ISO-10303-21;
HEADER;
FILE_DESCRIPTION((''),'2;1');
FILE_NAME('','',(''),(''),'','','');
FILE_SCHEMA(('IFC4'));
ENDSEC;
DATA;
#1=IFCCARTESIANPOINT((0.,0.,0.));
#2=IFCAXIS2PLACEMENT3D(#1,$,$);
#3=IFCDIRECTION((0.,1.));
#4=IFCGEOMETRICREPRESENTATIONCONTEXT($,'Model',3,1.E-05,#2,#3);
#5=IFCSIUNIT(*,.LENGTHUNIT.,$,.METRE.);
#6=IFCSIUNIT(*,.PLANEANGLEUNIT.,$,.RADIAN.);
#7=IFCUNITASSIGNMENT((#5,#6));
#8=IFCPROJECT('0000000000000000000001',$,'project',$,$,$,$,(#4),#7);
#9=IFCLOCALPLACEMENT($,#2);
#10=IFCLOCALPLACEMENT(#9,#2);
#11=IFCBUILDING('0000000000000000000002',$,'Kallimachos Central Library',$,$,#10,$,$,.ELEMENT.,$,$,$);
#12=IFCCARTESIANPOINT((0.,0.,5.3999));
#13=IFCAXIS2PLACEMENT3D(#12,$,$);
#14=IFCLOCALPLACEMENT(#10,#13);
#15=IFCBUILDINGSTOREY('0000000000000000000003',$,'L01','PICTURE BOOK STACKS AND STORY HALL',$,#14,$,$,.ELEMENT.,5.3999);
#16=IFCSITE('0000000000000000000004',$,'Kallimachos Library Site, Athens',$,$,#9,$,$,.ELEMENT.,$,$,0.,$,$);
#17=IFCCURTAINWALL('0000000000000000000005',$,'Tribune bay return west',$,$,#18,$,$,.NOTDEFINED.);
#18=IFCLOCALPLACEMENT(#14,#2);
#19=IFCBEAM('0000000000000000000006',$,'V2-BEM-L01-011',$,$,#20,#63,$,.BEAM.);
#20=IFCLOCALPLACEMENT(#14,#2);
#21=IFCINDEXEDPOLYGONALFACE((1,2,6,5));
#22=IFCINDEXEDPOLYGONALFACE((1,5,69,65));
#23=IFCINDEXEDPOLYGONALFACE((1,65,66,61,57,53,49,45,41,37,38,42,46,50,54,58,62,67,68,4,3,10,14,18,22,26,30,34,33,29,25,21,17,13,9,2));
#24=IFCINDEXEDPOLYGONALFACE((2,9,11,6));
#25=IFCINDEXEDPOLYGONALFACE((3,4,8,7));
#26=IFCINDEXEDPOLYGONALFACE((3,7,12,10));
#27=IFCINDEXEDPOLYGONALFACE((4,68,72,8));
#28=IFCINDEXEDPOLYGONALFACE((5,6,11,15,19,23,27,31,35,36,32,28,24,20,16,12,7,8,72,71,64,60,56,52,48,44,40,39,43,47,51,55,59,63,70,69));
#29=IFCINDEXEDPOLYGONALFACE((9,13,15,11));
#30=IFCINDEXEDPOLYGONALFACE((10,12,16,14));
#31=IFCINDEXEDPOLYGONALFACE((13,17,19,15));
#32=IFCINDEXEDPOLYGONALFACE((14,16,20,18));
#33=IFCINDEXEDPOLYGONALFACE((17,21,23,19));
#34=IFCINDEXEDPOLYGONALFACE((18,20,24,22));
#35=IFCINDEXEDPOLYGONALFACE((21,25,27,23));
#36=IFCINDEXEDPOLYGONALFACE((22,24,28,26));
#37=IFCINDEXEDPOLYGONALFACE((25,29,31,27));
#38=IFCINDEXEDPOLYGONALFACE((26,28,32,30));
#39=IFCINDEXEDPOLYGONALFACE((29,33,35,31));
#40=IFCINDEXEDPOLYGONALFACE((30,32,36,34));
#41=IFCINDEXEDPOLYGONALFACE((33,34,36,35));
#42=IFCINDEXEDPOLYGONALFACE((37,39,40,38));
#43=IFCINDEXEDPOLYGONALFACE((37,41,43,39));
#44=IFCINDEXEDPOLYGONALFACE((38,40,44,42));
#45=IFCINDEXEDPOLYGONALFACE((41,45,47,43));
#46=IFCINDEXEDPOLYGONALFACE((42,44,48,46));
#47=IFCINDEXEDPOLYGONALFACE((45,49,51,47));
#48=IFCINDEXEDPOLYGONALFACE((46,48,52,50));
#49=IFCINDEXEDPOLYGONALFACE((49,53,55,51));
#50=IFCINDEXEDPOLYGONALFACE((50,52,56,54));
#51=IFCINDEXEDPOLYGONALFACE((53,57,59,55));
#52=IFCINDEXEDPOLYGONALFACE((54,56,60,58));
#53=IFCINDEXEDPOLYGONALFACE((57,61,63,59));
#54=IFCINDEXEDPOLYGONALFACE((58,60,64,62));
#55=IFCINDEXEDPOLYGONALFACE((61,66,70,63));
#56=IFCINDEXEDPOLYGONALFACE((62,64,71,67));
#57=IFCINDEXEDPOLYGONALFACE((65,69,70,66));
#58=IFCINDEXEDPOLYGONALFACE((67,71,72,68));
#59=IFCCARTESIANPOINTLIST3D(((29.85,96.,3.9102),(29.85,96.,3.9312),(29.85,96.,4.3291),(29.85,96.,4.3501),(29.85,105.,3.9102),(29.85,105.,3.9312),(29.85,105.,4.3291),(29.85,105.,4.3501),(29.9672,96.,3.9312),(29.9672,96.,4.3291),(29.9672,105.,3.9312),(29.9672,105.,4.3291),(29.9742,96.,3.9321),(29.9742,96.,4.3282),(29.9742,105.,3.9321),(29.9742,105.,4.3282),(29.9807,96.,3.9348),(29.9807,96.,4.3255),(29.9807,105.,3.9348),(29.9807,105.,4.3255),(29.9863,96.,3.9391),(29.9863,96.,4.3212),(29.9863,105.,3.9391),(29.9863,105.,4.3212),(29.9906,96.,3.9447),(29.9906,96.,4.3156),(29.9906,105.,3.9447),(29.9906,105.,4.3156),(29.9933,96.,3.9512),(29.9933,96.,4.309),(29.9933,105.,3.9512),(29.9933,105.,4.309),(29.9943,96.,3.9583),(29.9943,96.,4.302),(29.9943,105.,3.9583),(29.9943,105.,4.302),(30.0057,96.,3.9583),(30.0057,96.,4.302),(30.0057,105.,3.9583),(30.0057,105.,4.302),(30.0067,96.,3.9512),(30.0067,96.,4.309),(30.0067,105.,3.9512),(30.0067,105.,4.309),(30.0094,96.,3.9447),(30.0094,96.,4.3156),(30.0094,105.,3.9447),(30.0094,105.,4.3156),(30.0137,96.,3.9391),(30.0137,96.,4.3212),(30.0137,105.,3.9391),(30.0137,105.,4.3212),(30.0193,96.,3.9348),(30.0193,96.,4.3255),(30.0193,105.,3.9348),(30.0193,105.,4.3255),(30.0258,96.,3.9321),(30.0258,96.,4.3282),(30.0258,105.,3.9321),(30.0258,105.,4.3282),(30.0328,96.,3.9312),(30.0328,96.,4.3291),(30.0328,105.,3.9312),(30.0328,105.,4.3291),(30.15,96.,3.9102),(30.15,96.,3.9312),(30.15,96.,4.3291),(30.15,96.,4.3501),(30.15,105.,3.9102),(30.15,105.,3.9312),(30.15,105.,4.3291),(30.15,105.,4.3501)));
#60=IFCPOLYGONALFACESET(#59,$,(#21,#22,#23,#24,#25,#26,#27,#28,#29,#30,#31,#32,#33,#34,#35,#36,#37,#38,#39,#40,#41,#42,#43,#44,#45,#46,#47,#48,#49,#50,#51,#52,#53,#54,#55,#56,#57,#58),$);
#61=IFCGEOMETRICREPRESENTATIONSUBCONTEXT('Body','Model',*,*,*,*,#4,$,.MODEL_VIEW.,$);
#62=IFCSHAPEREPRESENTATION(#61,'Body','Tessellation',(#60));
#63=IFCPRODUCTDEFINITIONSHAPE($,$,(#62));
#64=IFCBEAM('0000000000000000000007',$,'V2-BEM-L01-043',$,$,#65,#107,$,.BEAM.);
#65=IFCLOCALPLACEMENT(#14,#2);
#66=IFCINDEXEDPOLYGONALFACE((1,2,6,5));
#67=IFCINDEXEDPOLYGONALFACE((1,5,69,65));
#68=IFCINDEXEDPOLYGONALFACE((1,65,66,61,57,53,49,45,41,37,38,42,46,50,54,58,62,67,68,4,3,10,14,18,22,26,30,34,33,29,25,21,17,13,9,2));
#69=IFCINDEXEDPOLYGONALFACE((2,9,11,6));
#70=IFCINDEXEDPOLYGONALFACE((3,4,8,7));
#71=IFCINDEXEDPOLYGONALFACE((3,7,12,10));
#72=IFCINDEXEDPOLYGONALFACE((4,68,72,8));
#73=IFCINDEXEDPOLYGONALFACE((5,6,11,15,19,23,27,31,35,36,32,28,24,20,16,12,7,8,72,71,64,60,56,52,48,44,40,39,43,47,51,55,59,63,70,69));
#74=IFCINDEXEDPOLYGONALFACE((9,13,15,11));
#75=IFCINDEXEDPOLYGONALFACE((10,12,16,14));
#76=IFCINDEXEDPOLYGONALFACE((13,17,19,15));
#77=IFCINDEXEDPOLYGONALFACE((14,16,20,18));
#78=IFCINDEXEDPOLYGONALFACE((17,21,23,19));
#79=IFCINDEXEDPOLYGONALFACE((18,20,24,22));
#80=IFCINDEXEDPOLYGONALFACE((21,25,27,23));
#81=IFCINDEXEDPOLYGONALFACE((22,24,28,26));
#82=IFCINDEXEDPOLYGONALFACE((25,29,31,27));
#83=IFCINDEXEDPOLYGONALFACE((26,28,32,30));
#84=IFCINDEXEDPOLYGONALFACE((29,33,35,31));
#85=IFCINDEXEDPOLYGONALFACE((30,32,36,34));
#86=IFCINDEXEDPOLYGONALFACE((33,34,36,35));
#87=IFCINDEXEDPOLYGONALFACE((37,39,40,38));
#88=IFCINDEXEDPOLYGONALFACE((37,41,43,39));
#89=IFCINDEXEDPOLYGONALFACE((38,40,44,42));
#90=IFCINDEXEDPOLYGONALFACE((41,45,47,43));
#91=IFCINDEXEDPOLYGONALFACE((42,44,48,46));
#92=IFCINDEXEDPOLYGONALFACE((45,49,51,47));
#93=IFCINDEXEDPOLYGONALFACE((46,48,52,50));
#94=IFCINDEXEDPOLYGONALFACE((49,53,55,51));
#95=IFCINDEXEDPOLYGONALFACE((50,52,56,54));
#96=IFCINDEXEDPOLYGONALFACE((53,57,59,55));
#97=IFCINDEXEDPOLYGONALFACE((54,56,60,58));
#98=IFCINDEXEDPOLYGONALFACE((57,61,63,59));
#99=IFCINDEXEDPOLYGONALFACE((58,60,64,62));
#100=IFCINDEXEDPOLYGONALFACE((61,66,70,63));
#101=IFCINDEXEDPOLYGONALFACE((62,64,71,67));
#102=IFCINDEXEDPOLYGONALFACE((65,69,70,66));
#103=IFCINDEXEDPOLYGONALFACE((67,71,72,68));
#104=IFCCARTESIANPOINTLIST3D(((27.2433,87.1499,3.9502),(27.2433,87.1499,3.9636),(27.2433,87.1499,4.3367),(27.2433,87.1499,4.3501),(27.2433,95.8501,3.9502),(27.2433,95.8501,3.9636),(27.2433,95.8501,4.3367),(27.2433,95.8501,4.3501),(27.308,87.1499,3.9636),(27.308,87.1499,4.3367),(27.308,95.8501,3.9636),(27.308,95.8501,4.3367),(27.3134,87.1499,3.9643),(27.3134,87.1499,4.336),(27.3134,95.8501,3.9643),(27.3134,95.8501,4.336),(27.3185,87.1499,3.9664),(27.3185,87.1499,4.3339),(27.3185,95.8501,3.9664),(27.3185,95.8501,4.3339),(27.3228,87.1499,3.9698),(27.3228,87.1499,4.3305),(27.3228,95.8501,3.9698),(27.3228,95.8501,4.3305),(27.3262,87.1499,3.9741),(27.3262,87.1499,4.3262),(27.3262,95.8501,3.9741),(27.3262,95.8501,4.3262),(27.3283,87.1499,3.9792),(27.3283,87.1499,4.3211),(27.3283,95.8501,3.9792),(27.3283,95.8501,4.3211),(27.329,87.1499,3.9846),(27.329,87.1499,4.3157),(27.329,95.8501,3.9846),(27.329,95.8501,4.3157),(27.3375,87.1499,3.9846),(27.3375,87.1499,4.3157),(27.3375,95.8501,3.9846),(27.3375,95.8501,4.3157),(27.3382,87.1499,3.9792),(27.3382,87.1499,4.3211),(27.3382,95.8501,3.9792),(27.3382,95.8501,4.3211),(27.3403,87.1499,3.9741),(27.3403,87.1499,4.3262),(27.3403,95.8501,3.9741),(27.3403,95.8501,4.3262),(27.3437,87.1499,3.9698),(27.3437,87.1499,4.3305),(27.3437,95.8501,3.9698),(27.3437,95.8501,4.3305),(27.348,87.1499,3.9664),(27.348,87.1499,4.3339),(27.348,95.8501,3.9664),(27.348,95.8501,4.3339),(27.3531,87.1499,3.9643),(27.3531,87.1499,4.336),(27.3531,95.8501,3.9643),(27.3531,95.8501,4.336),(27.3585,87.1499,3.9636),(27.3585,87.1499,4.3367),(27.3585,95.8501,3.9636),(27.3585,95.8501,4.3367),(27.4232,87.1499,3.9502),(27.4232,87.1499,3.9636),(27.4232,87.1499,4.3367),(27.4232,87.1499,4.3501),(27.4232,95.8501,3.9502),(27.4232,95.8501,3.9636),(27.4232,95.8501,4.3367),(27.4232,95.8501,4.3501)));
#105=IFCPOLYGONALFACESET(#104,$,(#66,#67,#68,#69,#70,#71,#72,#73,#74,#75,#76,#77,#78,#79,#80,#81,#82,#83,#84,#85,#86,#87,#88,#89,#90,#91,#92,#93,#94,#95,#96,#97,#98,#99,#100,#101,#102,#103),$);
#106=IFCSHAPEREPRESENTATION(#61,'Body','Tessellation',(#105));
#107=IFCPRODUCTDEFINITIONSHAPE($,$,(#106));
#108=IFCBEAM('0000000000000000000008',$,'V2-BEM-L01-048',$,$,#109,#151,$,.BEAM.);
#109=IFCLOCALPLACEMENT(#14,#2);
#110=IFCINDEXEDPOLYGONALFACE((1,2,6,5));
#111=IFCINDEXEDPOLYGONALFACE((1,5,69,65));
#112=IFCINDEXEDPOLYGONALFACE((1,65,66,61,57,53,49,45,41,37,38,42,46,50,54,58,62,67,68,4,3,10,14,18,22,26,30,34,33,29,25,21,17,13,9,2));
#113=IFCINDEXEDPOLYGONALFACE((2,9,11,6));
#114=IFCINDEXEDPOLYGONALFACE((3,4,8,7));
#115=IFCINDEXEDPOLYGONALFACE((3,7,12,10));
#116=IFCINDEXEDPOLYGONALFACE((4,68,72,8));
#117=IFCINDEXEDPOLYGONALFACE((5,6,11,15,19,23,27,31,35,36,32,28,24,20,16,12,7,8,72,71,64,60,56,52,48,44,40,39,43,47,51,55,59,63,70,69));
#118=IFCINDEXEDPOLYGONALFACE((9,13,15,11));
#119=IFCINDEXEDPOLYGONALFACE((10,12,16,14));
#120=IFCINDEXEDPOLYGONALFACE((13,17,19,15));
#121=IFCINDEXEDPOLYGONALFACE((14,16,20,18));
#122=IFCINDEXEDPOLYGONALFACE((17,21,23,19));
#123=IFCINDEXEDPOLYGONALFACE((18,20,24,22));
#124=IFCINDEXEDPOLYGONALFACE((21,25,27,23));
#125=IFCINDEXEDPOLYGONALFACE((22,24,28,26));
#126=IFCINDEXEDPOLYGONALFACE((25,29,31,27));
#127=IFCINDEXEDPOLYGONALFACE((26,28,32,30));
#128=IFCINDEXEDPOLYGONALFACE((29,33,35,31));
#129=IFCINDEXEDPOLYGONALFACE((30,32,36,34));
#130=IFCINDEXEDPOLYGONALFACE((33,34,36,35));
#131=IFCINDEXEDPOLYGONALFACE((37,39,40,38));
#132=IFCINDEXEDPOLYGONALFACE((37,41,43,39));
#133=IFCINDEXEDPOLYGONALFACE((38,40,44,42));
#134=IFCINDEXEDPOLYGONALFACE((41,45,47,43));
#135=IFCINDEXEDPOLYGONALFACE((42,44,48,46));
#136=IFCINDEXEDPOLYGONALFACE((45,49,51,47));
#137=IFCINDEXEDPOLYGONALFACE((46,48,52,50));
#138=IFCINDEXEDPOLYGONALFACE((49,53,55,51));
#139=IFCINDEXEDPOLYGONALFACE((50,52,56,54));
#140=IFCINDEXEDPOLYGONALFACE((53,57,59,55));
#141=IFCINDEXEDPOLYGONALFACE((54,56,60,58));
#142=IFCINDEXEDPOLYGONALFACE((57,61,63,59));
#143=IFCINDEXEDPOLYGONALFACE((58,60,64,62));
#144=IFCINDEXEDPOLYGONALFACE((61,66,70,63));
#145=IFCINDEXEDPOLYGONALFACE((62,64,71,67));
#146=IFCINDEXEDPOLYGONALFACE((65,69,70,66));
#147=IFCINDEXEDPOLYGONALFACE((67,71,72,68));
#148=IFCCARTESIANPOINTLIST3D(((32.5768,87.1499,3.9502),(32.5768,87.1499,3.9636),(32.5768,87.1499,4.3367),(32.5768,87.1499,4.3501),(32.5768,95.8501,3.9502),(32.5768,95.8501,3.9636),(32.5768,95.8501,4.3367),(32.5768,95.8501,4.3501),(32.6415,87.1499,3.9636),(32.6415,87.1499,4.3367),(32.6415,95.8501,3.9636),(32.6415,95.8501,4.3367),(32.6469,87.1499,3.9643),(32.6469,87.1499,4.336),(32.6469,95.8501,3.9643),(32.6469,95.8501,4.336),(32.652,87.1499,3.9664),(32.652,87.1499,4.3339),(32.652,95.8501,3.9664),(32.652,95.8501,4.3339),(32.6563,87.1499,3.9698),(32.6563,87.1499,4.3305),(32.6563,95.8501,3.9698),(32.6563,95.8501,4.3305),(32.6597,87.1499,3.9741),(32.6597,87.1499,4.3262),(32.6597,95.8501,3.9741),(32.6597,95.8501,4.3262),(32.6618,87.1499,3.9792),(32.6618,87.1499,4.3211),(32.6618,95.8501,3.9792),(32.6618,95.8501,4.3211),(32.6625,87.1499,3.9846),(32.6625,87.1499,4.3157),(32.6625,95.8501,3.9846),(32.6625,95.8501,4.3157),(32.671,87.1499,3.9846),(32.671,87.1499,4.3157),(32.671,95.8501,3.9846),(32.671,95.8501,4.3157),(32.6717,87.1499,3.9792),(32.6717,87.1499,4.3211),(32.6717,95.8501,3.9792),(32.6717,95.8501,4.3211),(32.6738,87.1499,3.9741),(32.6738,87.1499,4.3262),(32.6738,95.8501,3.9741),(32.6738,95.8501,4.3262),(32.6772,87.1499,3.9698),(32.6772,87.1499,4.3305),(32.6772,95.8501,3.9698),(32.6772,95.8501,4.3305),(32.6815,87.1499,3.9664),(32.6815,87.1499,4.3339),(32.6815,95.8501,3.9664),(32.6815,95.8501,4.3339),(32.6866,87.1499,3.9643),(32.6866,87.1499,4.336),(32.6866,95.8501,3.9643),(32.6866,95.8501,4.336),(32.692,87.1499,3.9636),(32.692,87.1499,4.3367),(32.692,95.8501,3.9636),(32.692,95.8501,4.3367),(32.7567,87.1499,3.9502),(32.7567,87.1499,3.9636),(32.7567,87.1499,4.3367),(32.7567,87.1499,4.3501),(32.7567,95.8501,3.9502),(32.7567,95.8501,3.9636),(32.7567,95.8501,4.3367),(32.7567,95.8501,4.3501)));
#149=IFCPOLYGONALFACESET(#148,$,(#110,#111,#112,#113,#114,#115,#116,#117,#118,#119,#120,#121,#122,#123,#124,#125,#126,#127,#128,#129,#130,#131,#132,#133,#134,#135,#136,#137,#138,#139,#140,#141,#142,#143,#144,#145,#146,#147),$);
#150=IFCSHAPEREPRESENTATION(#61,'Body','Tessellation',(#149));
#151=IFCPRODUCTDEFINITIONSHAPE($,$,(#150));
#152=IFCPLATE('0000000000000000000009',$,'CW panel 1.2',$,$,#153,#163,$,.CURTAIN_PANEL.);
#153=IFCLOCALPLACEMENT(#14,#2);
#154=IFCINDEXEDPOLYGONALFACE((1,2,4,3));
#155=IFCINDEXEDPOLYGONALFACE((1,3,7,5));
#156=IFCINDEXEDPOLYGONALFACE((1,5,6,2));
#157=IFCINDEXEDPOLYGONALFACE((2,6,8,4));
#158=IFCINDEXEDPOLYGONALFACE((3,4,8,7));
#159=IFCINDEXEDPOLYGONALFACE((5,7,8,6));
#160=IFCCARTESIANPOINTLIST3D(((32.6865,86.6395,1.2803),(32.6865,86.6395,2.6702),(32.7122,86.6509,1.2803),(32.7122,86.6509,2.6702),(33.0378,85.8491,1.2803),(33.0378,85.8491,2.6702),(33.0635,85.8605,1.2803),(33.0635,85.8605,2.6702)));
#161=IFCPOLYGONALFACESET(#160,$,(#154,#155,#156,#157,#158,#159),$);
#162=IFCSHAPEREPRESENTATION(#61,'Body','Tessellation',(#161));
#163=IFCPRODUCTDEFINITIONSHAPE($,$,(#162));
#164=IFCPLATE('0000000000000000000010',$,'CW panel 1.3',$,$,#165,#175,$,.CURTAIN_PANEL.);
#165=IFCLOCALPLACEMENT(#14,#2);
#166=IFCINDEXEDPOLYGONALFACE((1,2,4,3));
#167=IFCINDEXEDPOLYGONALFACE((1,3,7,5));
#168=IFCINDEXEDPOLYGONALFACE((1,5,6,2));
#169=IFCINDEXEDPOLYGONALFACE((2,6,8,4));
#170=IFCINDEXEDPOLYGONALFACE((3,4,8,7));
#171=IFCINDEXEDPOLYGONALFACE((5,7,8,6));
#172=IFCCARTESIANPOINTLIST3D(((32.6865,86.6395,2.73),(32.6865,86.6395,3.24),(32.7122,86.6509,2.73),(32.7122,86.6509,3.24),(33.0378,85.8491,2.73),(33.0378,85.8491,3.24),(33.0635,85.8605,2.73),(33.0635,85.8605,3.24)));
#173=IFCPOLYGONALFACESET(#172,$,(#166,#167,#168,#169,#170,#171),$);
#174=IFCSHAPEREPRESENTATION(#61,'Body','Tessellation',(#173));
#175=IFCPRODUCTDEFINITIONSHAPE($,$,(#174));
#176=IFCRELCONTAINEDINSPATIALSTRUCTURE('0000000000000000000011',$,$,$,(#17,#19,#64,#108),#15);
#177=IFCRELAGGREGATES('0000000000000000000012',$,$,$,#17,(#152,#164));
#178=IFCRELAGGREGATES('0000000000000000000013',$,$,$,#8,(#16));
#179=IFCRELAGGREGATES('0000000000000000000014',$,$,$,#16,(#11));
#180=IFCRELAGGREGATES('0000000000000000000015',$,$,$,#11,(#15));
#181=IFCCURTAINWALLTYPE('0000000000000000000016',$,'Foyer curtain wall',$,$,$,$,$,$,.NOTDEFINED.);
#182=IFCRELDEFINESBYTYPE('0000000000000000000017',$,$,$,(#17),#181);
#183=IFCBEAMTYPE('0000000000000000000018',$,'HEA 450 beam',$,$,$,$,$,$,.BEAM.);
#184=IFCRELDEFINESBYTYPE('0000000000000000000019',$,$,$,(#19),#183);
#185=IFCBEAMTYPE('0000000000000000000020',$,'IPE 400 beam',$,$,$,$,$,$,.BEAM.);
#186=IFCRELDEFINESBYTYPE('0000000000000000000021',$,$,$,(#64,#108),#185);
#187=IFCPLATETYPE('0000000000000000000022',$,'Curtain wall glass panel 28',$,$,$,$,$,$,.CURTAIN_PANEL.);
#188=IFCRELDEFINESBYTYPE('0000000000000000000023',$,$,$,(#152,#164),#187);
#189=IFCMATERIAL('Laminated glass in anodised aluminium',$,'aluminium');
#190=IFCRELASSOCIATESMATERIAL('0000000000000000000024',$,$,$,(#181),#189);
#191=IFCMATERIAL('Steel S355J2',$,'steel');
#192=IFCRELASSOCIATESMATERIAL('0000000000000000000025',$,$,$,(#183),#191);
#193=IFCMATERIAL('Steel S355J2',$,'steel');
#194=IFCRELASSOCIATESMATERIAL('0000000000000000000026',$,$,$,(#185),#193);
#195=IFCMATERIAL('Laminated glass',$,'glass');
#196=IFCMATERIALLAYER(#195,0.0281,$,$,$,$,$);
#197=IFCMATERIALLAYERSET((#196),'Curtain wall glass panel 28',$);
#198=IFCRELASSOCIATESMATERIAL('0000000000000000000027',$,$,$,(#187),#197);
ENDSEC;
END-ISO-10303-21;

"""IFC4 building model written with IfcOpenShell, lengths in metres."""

from ifc_helpers import new_model, si_unit, direction, frame, origin, origin_2d, place, context, subcontext, project, spatial, rectangle, i_section, extrude, material, layer, layer_set, material_profile, profile_set, type_object, element, aggregate, save


model = new_model("IFC4")

# Units and contexts
model_context = context("Model", 3, precision=1e-05, world=origin(), true_north=direction((0.0, 1.0)))
body_context = subcontext(model_context, "Body", "Model", "MODEL_VIEW")
ifc_project = project(units=[si_unit("LENGTHUNIT", "METRE"), si_unit("PLANEANGLEUNIT", "RADIAN")], contexts=[model_context])

# Site, building, storey
site_placement = place(None, origin())
site = spatial("IfcSite", under=ifc_project, at=site_placement, Name="Kallimachos Library Site, Athens", CompositionType="ELEMENT", RefElevation=0.0)
building_placement = place(site_placement, origin())
building = spatial("IfcBuilding", under=site, at=building_placement, Name="Kallimachos Central Library", CompositionType="ELEMENT")
storey_placement = place(building_placement, frame((0.0, 0.0, 5.3999)))
storey = spatial("IfcBuildingStorey", under=building, at=storey_placement, Name="L01", Description="PICTURE BOOK STACKS AND STORY HALL", CompositionType="ELEMENT", Elevation=5.3999)

# Shared definitions
ifc_material_1 = material(Name="Laminated glass in anodised aluminium", Category="aluminium")
curtain_wall_type = type_object("IfcCurtainWallType", Name="Foyer curtain wall", PredefinedType="NOTDEFINED", material=ifc_material_1)

# Curtain wall
curtain_wall_1_placement = place(storey_placement, origin())
curtain_wall_1 = element("IfcCurtainWall", 1, at=curtain_wall_1_placement, inside=storey, type_object=curtain_wall_type, Name="Tribune bay return west", PredefinedType="NOTDEFINED")

# Beams
ifc_material_2 = material(Name="Steel S355J2", Category="steel")
ifc_material_profile_1 = material_profile(ifc_material_2, i_section(OverallWidth=0.3, OverallDepth=0.4399, WebThickness=0.0115, FlangeThickness=0.021, FilletRadius=0.0271, at=origin_2d()), Name="HEA 450")
ifc_profile_set_1 = profile_set([ifc_material_profile_1], Name="Steel S355J2")
beam_type_1 = type_object("IfcBeamType", Name="HEA 450 beam", PredefinedType="BEAM", material=ifc_profile_set_1)
for number, where, z_axis, x_axis, name in (
    (2, (30.0, 96.0, 4.1301), (0.0, 1.0, 0.0), (-1.0, 0.0, 0.0), "V2-BEM-L01-011"),
):
    element("IfcBeam", number, at=place(storey_placement, frame(where, z_axis=z_axis, x_axis=x_axis)), inside=storey, type_object=beam_type_1, Name=name, PredefinedType="BEAM", context=body_context, shape_type="SweptSolid", body=[
        extrude(i_section(OverallWidth=0.3, OverallDepth=0.4399, WebThickness=0.0115, FlangeThickness=0.021, FilletRadius=0.0271, at=origin_2d()), origin(), (0.0, 0.0, 1.0), 9.0),
    ])
ifc_material_3 = material(Name="Steel S355J2", Category="steel")
ifc_material_profile_2 = material_profile(ifc_material_3, i_section(OverallWidth=0.1799, OverallDepth=0.3999, WebThickness=0.0085, FlangeThickness=0.0134, FilletRadius=0.021, at=origin_2d()), Name="IPE 400")
ifc_profile_set_2 = profile_set([ifc_material_profile_2], Name="Steel S355J2")
beam_type_2 = type_object("IfcBeamType", Name="IPE 400 beam", PredefinedType="BEAM", material=ifc_profile_set_2)
for number, where, z_axis, x_axis, name in (
    (3, (27.3333, 87.1499, 4.1501), (0.0, 1.0, 0.0), (-1.0, 0.0, 0.0), "V2-BEM-L01-043"),
    (4, (32.6667, 87.1499, 4.1501), (0.0, 1.0, 0.0), (-1.0, 0.0, 0.0), "V2-BEM-L01-048"),
):
    element("IfcBeam", number, at=place(storey_placement, frame(where, z_axis=z_axis, x_axis=x_axis)), inside=storey, type_object=beam_type_2, Name=name, PredefinedType="BEAM", context=body_context, shape_type="SweptSolid", body=[
        extrude(i_section(OverallWidth=0.1799, OverallDepth=0.3999, WebThickness=0.0085, FlangeThickness=0.0134, FilletRadius=0.021, at=origin_2d()), origin(), (0.0, 0.0, 1.0), 8.7002),
    ])

# Plates
ifc_material_4 = material(Name="Laminated glass", Category="glass")
ifc_layer_1 = layer(ifc_material_4, 0.0281)
ifc_layer_set_1 = layer_set([ifc_layer_1], Name="Curtain wall glass panel 28")
plate_type = type_object("IfcPlateType", Name="Curtain wall glass panel 28", PredefinedType="CURTAIN_PANEL", material=ifc_layer_set_1)
plate_1_placement = place(storey_placement, frame((32.875, 86.25, 1.2803), z_axis=(0.0, 0.0, 1.0), x_axis=(0.406138, -0.913812, 0.0)))
plate_1 = element("IfcPlate", 5, at=plate_1_placement, type_object=plate_type, Name="CW panel 1.2", PredefinedType="CURTAIN_PANEL", context=body_context, shape_type="SweptSolid", body=[
    extrude(rectangle(XDim=0.865, YDim=0.0281, at=origin_2d()), origin(), (0.0, 0.0, 1.0), 1.3899),
])
plate_2_placement = place(storey_placement, frame((32.875, 86.25, 2.73), z_axis=(0.0, 0.0, 1.0), x_axis=(0.406138, -0.913812, 0.0)))
plate_2 = element("IfcPlate", 6, at=plate_2_placement, type_object=plate_type, Name="CW panel 1.3", PredefinedType="CURTAIN_PANEL", context=body_context, shape_type="SweptSolid", body=[
    extrude(rectangle(XDim=0.865, YDim=0.0281, at=origin_2d()), origin(), (0.0, 0.0, 1.0), 0.51),
])
aggregate(curtain_wall_1, [plate_1, plate_2])

save(model, "model.ifc")
